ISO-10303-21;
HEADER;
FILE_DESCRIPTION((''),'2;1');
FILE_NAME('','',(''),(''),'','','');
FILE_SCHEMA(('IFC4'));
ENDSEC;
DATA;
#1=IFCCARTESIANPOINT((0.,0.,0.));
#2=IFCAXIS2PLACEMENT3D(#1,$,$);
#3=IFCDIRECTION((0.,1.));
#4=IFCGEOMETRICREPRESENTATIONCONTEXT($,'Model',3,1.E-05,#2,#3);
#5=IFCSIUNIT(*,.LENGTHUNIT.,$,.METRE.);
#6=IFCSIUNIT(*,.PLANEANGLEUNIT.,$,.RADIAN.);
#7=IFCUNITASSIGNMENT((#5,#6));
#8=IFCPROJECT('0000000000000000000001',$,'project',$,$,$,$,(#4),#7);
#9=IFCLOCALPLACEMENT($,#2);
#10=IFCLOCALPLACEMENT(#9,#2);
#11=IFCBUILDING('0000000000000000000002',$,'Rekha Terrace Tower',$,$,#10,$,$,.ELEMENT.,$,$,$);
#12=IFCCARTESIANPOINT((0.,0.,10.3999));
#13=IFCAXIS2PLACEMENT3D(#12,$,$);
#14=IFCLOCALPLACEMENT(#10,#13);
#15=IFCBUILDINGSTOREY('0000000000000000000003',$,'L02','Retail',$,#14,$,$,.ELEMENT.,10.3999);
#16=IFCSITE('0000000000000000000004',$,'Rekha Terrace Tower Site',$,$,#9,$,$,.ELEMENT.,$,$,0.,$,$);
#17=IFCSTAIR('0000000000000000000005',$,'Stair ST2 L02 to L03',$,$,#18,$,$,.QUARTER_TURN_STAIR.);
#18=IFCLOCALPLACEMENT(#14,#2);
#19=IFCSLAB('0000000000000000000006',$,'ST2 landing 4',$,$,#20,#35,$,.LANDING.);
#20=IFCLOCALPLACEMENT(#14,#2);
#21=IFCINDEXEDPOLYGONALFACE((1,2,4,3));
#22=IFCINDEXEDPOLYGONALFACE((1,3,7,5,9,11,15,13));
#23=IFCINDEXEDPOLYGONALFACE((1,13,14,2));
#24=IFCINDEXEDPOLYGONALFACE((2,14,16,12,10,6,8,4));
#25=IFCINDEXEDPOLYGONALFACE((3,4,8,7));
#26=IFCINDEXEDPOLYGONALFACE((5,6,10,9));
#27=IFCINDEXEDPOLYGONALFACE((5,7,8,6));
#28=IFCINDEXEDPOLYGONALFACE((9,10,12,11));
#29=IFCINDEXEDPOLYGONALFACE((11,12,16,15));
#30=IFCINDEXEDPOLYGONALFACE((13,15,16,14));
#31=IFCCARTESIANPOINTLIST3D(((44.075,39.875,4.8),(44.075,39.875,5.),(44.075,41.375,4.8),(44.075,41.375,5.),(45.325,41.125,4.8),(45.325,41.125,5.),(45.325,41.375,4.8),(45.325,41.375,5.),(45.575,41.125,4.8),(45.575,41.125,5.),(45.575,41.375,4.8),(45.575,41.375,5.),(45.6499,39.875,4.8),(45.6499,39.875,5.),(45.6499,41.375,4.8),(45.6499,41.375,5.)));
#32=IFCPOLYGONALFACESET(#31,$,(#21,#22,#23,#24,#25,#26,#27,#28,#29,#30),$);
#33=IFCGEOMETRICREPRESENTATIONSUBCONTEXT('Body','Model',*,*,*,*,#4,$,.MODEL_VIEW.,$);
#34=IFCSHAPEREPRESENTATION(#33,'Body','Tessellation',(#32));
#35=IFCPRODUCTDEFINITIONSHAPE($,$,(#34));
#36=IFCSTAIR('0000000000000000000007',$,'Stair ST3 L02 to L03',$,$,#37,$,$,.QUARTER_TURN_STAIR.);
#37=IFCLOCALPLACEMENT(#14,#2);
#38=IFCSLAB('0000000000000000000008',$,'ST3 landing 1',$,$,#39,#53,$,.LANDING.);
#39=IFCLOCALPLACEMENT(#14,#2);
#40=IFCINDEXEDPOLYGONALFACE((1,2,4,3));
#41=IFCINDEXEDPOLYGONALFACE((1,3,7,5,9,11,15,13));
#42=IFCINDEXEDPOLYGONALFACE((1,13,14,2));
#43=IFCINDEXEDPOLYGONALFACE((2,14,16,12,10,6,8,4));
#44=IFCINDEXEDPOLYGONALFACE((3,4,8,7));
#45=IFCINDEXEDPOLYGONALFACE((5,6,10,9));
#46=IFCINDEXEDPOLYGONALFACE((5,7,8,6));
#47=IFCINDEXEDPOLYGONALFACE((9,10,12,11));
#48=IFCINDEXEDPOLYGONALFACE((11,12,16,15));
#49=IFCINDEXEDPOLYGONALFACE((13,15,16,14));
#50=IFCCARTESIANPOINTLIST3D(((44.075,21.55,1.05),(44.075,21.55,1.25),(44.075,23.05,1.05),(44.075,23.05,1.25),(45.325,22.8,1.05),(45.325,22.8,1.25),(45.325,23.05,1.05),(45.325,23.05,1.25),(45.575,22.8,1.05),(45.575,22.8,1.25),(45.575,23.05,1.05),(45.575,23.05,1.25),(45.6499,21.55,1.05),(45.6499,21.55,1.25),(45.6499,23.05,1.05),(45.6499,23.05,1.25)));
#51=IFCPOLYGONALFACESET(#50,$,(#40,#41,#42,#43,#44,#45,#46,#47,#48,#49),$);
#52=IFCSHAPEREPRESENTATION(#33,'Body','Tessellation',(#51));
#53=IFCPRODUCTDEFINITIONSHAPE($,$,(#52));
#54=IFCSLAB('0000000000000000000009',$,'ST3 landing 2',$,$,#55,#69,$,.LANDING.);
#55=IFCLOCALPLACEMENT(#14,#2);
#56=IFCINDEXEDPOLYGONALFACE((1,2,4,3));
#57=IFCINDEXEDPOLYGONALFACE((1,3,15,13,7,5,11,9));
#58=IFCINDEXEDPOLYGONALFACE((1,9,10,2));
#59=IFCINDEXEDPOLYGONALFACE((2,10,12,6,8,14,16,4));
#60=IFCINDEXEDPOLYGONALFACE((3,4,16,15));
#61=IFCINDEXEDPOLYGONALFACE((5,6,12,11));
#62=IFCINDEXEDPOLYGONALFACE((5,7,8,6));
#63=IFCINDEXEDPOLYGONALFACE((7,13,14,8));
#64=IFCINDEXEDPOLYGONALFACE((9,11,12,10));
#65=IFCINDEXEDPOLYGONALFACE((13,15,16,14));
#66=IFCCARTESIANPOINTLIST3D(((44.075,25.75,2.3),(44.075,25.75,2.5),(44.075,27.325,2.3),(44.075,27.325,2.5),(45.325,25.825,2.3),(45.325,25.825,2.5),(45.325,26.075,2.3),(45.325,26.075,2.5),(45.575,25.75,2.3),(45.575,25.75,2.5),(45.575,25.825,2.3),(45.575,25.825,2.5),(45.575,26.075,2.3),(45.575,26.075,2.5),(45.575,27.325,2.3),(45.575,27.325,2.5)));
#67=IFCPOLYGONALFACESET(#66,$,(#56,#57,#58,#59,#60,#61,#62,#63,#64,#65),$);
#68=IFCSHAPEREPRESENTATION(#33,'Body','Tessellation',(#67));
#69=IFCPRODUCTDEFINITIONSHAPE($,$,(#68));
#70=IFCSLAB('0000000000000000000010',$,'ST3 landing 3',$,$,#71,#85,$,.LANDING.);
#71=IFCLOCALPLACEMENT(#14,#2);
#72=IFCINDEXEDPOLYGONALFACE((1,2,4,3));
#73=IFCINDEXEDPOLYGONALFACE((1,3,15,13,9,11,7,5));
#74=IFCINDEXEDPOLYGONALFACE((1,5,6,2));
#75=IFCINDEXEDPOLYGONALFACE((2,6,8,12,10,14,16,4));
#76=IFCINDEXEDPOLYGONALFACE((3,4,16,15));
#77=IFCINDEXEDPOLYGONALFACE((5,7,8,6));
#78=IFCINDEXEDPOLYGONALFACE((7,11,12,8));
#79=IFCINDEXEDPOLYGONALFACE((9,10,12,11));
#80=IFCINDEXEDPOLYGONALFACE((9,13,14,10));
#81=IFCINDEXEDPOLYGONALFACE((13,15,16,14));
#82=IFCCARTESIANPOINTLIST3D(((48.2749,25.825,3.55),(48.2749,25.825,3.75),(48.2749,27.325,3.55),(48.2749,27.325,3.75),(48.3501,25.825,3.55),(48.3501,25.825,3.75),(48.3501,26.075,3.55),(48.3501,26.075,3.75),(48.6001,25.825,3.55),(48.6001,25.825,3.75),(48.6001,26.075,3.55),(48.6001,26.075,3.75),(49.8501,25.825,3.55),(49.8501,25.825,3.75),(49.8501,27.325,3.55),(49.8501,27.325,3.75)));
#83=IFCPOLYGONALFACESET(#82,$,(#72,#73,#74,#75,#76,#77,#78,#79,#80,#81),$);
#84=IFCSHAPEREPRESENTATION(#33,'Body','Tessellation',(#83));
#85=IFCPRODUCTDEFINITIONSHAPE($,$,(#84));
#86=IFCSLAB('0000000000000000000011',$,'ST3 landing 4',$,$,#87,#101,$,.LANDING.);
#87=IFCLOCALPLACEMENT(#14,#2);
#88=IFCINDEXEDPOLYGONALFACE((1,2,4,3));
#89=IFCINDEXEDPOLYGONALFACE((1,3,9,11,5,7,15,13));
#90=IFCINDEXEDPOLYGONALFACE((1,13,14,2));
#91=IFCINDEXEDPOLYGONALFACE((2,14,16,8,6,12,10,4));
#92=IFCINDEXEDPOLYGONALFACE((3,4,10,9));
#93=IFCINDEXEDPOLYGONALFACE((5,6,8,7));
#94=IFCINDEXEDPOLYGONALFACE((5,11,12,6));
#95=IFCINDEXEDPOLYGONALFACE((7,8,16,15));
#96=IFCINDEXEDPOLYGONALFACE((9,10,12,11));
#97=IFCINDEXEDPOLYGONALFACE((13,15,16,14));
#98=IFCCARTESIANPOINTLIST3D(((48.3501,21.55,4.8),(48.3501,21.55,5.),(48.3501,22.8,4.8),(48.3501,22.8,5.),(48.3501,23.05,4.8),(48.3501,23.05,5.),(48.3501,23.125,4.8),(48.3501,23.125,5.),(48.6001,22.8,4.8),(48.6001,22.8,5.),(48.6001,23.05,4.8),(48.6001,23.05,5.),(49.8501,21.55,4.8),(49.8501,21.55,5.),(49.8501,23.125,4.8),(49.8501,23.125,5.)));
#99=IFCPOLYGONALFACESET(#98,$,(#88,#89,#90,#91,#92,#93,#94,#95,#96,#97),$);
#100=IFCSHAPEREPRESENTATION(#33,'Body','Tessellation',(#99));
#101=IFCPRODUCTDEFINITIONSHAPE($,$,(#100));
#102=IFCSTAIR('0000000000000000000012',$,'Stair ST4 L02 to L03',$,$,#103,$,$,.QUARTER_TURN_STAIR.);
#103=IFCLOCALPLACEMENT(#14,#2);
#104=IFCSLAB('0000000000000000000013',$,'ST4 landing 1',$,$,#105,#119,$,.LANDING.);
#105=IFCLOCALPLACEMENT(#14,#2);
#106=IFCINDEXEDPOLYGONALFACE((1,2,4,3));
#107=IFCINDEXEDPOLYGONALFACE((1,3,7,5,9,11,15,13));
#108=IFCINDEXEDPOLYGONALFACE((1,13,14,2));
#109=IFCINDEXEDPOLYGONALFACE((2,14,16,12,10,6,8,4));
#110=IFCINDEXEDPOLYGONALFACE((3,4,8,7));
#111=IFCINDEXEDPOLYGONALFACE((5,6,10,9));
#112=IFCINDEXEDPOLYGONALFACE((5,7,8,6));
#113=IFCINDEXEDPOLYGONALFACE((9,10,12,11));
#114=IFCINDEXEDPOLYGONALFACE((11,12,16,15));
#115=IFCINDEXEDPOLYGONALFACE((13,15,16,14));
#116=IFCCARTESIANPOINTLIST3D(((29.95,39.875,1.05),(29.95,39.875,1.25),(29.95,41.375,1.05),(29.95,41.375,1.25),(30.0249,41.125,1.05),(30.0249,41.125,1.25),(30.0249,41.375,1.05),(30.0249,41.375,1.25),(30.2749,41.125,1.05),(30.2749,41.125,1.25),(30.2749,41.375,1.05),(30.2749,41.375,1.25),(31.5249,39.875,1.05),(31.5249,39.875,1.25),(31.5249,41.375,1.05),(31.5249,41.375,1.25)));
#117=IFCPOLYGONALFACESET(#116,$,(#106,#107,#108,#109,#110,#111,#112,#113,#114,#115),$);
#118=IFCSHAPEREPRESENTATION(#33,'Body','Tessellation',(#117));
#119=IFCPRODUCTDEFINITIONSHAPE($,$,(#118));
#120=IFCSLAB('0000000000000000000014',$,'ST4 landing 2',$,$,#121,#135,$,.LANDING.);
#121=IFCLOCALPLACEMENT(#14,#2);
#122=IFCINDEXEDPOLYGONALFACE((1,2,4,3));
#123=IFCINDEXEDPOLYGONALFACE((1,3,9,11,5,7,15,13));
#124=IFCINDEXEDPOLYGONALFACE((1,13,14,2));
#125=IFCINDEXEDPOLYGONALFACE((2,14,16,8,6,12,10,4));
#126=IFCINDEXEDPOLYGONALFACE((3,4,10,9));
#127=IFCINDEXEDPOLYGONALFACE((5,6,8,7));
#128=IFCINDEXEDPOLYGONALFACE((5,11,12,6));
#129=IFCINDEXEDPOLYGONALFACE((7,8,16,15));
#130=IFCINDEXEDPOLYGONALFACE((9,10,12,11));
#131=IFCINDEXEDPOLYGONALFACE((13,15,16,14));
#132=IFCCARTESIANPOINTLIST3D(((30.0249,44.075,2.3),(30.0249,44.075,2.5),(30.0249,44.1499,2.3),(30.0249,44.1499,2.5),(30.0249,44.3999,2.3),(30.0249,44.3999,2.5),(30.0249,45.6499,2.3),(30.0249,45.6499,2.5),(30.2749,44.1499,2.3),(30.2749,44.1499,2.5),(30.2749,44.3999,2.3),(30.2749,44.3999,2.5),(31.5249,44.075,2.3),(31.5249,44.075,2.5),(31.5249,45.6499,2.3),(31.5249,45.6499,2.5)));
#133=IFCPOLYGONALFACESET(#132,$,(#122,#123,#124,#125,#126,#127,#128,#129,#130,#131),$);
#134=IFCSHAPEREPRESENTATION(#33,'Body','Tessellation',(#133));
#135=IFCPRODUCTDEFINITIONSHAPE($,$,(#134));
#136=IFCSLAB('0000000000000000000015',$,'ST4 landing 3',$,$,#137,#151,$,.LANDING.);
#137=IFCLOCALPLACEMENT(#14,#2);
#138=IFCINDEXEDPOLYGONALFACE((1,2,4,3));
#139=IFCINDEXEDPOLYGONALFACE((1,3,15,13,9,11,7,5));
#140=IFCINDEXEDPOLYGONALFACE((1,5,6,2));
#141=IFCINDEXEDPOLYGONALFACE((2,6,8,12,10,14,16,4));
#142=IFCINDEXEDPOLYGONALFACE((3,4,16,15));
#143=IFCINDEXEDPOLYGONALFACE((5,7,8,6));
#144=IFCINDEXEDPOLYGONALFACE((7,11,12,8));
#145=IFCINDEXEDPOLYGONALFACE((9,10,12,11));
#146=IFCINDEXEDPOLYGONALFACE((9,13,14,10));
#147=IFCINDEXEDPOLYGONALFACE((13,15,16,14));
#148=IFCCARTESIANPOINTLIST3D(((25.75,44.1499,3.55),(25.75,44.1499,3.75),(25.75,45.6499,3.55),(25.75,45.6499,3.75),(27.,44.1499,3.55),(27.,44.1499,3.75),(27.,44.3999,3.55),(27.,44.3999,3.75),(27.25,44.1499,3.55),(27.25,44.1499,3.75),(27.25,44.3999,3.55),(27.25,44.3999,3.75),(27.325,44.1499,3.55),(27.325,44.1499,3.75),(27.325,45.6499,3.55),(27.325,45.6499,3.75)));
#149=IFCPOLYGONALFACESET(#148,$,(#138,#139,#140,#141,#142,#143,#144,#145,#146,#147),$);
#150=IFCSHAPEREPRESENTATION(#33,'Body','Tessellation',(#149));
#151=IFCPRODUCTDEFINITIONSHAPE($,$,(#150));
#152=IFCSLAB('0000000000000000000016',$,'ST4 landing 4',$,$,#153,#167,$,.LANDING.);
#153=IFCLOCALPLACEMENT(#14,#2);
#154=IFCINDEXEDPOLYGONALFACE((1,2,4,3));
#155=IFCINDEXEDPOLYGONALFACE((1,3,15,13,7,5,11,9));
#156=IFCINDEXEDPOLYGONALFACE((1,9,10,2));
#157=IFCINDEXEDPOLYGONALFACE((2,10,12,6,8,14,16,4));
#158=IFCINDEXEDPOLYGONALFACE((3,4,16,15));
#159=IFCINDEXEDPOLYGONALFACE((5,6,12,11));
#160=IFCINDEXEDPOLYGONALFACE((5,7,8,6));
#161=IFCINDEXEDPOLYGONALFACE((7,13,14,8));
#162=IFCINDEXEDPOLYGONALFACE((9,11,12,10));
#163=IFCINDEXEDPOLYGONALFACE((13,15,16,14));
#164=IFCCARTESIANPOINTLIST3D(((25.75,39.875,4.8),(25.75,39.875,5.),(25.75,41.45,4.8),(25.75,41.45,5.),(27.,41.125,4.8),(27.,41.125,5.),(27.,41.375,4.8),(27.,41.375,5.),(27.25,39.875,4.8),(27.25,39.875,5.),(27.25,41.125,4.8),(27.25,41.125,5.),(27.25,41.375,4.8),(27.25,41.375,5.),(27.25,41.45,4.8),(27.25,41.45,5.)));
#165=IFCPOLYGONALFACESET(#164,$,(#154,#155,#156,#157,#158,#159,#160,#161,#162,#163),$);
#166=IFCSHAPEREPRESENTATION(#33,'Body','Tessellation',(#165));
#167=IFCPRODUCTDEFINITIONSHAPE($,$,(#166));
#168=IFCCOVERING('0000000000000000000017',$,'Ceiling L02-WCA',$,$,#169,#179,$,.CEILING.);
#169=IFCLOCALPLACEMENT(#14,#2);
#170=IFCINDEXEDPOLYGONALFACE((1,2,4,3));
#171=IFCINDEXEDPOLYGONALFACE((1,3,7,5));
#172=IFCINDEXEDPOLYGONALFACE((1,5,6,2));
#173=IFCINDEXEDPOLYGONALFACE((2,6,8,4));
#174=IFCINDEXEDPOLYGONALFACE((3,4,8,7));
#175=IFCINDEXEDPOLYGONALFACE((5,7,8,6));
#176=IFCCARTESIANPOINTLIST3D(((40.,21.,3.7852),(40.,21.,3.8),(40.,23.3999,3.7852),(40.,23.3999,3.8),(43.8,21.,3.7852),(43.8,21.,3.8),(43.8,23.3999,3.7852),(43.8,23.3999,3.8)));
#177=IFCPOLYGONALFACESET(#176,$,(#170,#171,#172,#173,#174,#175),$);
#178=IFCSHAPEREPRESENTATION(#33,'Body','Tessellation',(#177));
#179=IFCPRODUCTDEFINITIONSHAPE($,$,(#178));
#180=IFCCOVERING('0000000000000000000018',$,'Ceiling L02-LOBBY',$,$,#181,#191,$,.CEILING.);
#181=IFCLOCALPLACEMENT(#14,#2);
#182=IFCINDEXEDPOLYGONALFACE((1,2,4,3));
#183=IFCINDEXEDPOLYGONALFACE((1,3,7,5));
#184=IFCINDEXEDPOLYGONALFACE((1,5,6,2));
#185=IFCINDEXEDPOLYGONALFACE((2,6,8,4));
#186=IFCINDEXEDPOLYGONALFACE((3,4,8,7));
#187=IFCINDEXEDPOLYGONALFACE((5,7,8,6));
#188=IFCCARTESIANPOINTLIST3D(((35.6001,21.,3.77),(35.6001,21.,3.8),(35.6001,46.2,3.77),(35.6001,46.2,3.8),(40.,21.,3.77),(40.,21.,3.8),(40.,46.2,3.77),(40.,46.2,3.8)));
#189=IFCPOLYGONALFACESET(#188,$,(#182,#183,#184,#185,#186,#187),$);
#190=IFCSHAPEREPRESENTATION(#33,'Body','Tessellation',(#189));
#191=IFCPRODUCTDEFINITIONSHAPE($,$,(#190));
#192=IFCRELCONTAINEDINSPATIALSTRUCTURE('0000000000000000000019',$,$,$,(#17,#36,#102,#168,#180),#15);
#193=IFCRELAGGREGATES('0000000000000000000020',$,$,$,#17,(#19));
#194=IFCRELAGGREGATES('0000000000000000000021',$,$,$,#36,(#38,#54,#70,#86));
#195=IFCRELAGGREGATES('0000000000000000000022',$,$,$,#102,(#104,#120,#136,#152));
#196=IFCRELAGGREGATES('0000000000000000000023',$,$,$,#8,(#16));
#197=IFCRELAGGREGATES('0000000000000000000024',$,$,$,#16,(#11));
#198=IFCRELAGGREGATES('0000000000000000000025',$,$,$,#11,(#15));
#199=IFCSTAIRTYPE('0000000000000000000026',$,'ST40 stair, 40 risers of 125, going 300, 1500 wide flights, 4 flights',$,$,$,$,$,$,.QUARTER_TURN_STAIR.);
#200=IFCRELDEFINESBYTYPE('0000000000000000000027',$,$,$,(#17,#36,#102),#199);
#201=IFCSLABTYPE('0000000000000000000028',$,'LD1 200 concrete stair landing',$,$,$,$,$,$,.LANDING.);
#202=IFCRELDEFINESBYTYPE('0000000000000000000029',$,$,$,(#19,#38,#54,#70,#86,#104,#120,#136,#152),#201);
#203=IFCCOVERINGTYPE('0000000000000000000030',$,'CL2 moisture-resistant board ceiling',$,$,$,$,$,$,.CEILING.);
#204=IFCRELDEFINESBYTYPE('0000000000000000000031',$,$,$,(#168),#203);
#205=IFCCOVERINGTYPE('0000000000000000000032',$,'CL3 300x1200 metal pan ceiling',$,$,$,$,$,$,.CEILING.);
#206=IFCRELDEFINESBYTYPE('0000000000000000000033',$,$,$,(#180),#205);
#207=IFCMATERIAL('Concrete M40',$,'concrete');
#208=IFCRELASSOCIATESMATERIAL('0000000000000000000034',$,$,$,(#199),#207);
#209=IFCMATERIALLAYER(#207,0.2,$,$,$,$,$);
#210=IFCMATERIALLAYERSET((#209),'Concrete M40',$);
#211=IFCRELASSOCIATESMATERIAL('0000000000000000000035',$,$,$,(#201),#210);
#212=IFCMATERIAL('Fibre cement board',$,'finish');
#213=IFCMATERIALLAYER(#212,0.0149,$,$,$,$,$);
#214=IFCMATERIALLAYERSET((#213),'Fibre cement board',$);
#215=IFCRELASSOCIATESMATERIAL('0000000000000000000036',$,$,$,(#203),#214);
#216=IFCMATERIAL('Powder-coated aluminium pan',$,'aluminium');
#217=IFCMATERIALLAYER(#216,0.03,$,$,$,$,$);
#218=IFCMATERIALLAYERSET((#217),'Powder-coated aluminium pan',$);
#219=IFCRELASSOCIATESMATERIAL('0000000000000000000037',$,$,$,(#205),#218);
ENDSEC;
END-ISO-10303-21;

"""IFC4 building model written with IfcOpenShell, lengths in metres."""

from ifc_helpers import new_model, si_unit, direction, frame, origin, place, context, subcontext, project, spatial, polyline, outline, extrude, material, layer, layer_set, type_object, element, aggregate, save


model = new_model("IFC4")

# Units and contexts
model_context = context("Model", 3, precision=1e-05, world=origin(), true_north=direction((0.0, 1.0)))
body_context = subcontext(model_context, "Body", "Model", "MODEL_VIEW")
ifc_project = project(units=[si_unit("LENGTHUNIT", "METRE"), si_unit("PLANEANGLEUNIT", "RADIAN")], contexts=[model_context])

# Site, building, storey
site_placement = place(None, origin())
site = spatial("IfcSite", under=ifc_project, at=site_placement, Name="Rekha Terrace Tower Site", CompositionType="ELEMENT", RefElevation=0.0)
building_placement = place(site_placement, origin())
building = spatial("IfcBuilding", under=site, at=building_placement, Name="Rekha Terrace Tower", CompositionType="ELEMENT")
storey_placement = place(building_placement, frame((0.0, 0.0, 10.3999)))
storey = spatial("IfcBuildingStorey", under=building, at=storey_placement, Name="L02", Description="Retail", CompositionType="ELEMENT", Elevation=10.3999)

# Stairs, slabs
ifc_material_1 = material(Name="Concrete M40", Category="concrete")
stair_type = type_object("IfcStairType", Name="ST40 stair, 40 risers of 125, going 300, 1500 wide flights, 4 flights", PredefinedType="QUARTER_TURN_STAIR", material=ifc_material_1)
stair_1_placement = place(storey_placement, origin())
stair_1 = element("IfcStair", 1, at=stair_1_placement, inside=storey, type_object=stair_type, Name="Stair ST2 L02 to L03", PredefinedType="QUARTER_TURN_STAIR")
ifc_layer_1 = layer(ifc_material_1, 0.2)
ifc_layer_set_1 = layer_set([ifc_layer_1], Name="Concrete M40")
slab_type = type_object("IfcSlabType", Name="LD1 200 concrete stair landing", PredefinedType="LANDING", material=ifc_layer_set_1)
slab_1_placement = place(storey_placement, frame((0.0, 0.0, 4.8)))
slab_1 = element("IfcSlab", 2, at=slab_1_placement, type_object=slab_type, Name="ST2 landing 4", PredefinedType="LANDING", context=body_context, shape_type="SweptSolid", body=[
    extrude(outline(polyline([(44.075, 41.375), (44.075, 39.875), (45.6499, 39.875), (45.6499, 41.375), (45.575, 41.375), (45.575, 41.125), (45.325, 41.125), (45.325, 41.375), (44.075, 41.375)])), origin(), (0.0, 0.0, 1.0), 0.2),
])
aggregate(stair_1, [slab_1])
stair_2_placement = place(storey_placement, origin())
stair_2 = element("IfcStair", 3, at=stair_2_placement, inside=storey, type_object=stair_type, Name="Stair ST3 L02 to L03", PredefinedType="QUARTER_TURN_STAIR")
slab_2_placement = place(storey_placement, frame((0.0, 0.0, 1.05)))
slab_2 = element("IfcSlab", 4, at=slab_2_placement, type_object=slab_type, Name="ST3 landing 1", PredefinedType="LANDING", context=body_context, shape_type="SweptSolid", body=[
    extrude(outline(polyline([(44.075, 23.05), (44.075, 21.55), (45.6499, 21.55), (45.6499, 23.05), (45.575, 23.05), (45.575, 22.8), (45.325, 22.8), (45.325, 23.05), (44.075, 23.05)])), origin(), (0.0, 0.0, 1.0), 0.2),
])
slab_3_placement = place(storey_placement, frame((0.0, 0.0, 2.3)))
slab_3 = element("IfcSlab", 5, at=slab_3_placement, type_object=slab_type, Name="ST3 landing 2", PredefinedType="LANDING", context=body_context, shape_type="SweptSolid", body=[
    extrude(outline(polyline([(45.575, 27.325), (44.075, 27.325), (44.075, 25.75), (45.575, 25.75), (45.575, 25.825), (45.325, 25.825), (45.325, 26.075), (45.575, 26.075), (45.575, 27.325)])), origin(), (0.0, 0.0, 1.0), 0.2),
])
slab_4_placement = place(storey_placement, frame((0.0, 0.0, 3.55)))
slab_4 = element("IfcSlab", 6, at=slab_4_placement, type_object=slab_type, Name="ST3 landing 3", PredefinedType="LANDING", context=body_context, shape_type="SweptSolid", body=[
    extrude(outline(polyline([(49.8501, 25.825), (49.8501, 27.325), (48.2749, 27.325), (48.2749, 25.825), (48.3501, 25.825), (48.3501, 26.075), (48.6001, 26.075), (48.6001, 25.825), (49.8501, 25.825)])), origin(), (0.0, 0.0, 1.0), 0.2),
])
slab_5_placement = place(storey_placement, frame((0.0, 0.0, 4.8)))
slab_5 = element("IfcSlab", 7, at=slab_5_placement, type_object=slab_type, Name="ST3 landing 4", PredefinedType="LANDING", context=body_context, shape_type="SweptSolid", body=[
    extrude(outline(polyline([(48.3501, 21.55), (49.8501, 21.55), (49.8501, 23.125), (48.3501, 23.125), (48.3501, 23.05), (48.6001, 23.05), (48.6001, 22.8), (48.3501, 22.8), (48.3501, 21.55)])), origin(), (0.0, 0.0, 1.0), 0.2),
])
aggregate(stair_2, [slab_2, slab_3, slab_4, slab_5])
stair_3_placement = place(storey_placement, origin())
stair_3 = element("IfcStair", 8, at=stair_3_placement, inside=storey, type_object=stair_type, Name="Stair ST4 L02 to L03", PredefinedType="QUARTER_TURN_STAIR")
slab_6_placement = place(storey_placement, frame((0.0, 0.0, 1.05)))
slab_6 = element("IfcSlab", 9, at=slab_6_placement, type_object=slab_type, Name="ST4 landing 1", PredefinedType="LANDING", context=body_context, shape_type="SweptSolid", body=[
    extrude(outline(polyline([(31.5249, 41.375), (31.5249, 39.875), (29.95, 39.875), (29.95, 41.375), (30.0249, 41.375), (30.0249, 41.125), (30.2749, 41.125), (30.2749, 41.375), (31.5249, 41.375)])), origin(), (0.0, 0.0, 1.0), 0.2),
])
slab_7_placement = place(storey_placement, frame((0.0, 0.0, 2.3)))
slab_7 = element("IfcSlab", 10, at=slab_7_placement, type_object=slab_type, Name="ST4 landing 2", PredefinedType="LANDING", context=body_context, shape_type="SweptSolid", body=[
    extrude(outline(polyline([(30.0249, 45.6499), (31.5249, 45.6499), (31.5249, 44.075), (30.0249, 44.075), (30.0249, 44.1499), (30.2749, 44.1499), (30.2749, 44.3999), (30.0249, 44.3999), (30.0249, 45.6499)])), origin(), (0.0, 0.0, 1.0), 0.2),
])
slab_8_placement = place(storey_placement, frame((0.0, 0.0, 3.55)))
slab_8 = element("IfcSlab", 11, at=slab_8_placement, type_object=slab_type, Name="ST4 landing 3", PredefinedType="LANDING", context=body_context, shape_type="SweptSolid", body=[
    extrude(outline(polyline([(25.75, 44.1499), (25.75, 45.6499), (27.325, 45.6499), (27.325, 44.1499), (27.25, 44.1499), (27.25, 44.3999), (27.0, 44.3999), (27.0, 44.1499), (25.75, 44.1499)])), origin(), (0.0, 0.0, 1.0), 0.2),
])
slab_9_placement = place(storey_placement, frame((0.0, 0.0, 4.8)))
slab_9 = element("IfcSlab", 12, at=slab_9_placement, type_object=slab_type, Name="ST4 landing 4", PredefinedType="LANDING", context=body_context, shape_type="SweptSolid", body=[
    extrude(outline(polyline([(27.25, 39.875), (25.75, 39.875), (25.75, 41.45), (27.25, 41.45), (27.25, 41.375), (27.0, 41.375), (27.0, 41.125), (27.25, 41.125), (27.25, 39.875)])), origin(), (0.0, 0.0, 1.0), 0.2),
])
aggregate(stair_3, [slab_6, slab_7, slab_8, slab_9])

# Coverings
ifc_material_2 = material(Name="Fibre cement board", Category="finish")
ifc_layer_2 = layer(ifc_material_2, 0.0149)
ifc_layer_set_2 = layer_set([ifc_layer_2], Name="Fibre cement board")
covering_type_1 = type_object("IfcCoveringType", Name="CL2 moisture-resistant board ceiling", PredefinedType="CEILING", material=ifc_layer_set_2)
covering_1_placement = place(storey_placement, frame((0.0, 0.0, 3.7852)))
element("IfcCovering", 13, at=covering_1_placement, inside=storey, type_object=covering_type_1, Name="Ceiling L02-WCA", PredefinedType="CEILING", context=body_context, shape_type="SweptSolid", body=[
    extrude(outline(polyline([(43.8, 23.3999), (40.0, 23.3999), (40.0, 21.0), (43.8, 21.0), (43.8, 23.3999)])), origin(), (0.0, 0.0, 1.0), 0.0149),
])
ifc_material_3 = material(Name="Powder-coated aluminium pan", Category="aluminium")
ifc_layer_3 = layer(ifc_material_3, 0.03)
ifc_layer_set_3 = layer_set([ifc_layer_3], Name="Powder-coated aluminium pan")
covering_type_2 = type_object("IfcCoveringType", Name="CL3 300x1200 metal pan ceiling", PredefinedType="CEILING", material=ifc_layer_set_3)
covering_2_placement = place(storey_placement, frame((0.0, 0.0, 3.77)))
element("IfcCovering", 14, at=covering_2_placement, inside=storey, type_object=covering_type_2, Name="Ceiling L02-LOBBY", PredefinedType="CEILING", context=body_context, shape_type="SweptSolid", body=[
    extrude(outline(polyline([(40.0, 46.2), (35.6001, 46.2), (35.6001, 21.0), (40.0, 21.0), (40.0, 46.2)])), origin(), (0.0, 0.0, 1.0), 0.03),
])

save(model, "model.ifc")
